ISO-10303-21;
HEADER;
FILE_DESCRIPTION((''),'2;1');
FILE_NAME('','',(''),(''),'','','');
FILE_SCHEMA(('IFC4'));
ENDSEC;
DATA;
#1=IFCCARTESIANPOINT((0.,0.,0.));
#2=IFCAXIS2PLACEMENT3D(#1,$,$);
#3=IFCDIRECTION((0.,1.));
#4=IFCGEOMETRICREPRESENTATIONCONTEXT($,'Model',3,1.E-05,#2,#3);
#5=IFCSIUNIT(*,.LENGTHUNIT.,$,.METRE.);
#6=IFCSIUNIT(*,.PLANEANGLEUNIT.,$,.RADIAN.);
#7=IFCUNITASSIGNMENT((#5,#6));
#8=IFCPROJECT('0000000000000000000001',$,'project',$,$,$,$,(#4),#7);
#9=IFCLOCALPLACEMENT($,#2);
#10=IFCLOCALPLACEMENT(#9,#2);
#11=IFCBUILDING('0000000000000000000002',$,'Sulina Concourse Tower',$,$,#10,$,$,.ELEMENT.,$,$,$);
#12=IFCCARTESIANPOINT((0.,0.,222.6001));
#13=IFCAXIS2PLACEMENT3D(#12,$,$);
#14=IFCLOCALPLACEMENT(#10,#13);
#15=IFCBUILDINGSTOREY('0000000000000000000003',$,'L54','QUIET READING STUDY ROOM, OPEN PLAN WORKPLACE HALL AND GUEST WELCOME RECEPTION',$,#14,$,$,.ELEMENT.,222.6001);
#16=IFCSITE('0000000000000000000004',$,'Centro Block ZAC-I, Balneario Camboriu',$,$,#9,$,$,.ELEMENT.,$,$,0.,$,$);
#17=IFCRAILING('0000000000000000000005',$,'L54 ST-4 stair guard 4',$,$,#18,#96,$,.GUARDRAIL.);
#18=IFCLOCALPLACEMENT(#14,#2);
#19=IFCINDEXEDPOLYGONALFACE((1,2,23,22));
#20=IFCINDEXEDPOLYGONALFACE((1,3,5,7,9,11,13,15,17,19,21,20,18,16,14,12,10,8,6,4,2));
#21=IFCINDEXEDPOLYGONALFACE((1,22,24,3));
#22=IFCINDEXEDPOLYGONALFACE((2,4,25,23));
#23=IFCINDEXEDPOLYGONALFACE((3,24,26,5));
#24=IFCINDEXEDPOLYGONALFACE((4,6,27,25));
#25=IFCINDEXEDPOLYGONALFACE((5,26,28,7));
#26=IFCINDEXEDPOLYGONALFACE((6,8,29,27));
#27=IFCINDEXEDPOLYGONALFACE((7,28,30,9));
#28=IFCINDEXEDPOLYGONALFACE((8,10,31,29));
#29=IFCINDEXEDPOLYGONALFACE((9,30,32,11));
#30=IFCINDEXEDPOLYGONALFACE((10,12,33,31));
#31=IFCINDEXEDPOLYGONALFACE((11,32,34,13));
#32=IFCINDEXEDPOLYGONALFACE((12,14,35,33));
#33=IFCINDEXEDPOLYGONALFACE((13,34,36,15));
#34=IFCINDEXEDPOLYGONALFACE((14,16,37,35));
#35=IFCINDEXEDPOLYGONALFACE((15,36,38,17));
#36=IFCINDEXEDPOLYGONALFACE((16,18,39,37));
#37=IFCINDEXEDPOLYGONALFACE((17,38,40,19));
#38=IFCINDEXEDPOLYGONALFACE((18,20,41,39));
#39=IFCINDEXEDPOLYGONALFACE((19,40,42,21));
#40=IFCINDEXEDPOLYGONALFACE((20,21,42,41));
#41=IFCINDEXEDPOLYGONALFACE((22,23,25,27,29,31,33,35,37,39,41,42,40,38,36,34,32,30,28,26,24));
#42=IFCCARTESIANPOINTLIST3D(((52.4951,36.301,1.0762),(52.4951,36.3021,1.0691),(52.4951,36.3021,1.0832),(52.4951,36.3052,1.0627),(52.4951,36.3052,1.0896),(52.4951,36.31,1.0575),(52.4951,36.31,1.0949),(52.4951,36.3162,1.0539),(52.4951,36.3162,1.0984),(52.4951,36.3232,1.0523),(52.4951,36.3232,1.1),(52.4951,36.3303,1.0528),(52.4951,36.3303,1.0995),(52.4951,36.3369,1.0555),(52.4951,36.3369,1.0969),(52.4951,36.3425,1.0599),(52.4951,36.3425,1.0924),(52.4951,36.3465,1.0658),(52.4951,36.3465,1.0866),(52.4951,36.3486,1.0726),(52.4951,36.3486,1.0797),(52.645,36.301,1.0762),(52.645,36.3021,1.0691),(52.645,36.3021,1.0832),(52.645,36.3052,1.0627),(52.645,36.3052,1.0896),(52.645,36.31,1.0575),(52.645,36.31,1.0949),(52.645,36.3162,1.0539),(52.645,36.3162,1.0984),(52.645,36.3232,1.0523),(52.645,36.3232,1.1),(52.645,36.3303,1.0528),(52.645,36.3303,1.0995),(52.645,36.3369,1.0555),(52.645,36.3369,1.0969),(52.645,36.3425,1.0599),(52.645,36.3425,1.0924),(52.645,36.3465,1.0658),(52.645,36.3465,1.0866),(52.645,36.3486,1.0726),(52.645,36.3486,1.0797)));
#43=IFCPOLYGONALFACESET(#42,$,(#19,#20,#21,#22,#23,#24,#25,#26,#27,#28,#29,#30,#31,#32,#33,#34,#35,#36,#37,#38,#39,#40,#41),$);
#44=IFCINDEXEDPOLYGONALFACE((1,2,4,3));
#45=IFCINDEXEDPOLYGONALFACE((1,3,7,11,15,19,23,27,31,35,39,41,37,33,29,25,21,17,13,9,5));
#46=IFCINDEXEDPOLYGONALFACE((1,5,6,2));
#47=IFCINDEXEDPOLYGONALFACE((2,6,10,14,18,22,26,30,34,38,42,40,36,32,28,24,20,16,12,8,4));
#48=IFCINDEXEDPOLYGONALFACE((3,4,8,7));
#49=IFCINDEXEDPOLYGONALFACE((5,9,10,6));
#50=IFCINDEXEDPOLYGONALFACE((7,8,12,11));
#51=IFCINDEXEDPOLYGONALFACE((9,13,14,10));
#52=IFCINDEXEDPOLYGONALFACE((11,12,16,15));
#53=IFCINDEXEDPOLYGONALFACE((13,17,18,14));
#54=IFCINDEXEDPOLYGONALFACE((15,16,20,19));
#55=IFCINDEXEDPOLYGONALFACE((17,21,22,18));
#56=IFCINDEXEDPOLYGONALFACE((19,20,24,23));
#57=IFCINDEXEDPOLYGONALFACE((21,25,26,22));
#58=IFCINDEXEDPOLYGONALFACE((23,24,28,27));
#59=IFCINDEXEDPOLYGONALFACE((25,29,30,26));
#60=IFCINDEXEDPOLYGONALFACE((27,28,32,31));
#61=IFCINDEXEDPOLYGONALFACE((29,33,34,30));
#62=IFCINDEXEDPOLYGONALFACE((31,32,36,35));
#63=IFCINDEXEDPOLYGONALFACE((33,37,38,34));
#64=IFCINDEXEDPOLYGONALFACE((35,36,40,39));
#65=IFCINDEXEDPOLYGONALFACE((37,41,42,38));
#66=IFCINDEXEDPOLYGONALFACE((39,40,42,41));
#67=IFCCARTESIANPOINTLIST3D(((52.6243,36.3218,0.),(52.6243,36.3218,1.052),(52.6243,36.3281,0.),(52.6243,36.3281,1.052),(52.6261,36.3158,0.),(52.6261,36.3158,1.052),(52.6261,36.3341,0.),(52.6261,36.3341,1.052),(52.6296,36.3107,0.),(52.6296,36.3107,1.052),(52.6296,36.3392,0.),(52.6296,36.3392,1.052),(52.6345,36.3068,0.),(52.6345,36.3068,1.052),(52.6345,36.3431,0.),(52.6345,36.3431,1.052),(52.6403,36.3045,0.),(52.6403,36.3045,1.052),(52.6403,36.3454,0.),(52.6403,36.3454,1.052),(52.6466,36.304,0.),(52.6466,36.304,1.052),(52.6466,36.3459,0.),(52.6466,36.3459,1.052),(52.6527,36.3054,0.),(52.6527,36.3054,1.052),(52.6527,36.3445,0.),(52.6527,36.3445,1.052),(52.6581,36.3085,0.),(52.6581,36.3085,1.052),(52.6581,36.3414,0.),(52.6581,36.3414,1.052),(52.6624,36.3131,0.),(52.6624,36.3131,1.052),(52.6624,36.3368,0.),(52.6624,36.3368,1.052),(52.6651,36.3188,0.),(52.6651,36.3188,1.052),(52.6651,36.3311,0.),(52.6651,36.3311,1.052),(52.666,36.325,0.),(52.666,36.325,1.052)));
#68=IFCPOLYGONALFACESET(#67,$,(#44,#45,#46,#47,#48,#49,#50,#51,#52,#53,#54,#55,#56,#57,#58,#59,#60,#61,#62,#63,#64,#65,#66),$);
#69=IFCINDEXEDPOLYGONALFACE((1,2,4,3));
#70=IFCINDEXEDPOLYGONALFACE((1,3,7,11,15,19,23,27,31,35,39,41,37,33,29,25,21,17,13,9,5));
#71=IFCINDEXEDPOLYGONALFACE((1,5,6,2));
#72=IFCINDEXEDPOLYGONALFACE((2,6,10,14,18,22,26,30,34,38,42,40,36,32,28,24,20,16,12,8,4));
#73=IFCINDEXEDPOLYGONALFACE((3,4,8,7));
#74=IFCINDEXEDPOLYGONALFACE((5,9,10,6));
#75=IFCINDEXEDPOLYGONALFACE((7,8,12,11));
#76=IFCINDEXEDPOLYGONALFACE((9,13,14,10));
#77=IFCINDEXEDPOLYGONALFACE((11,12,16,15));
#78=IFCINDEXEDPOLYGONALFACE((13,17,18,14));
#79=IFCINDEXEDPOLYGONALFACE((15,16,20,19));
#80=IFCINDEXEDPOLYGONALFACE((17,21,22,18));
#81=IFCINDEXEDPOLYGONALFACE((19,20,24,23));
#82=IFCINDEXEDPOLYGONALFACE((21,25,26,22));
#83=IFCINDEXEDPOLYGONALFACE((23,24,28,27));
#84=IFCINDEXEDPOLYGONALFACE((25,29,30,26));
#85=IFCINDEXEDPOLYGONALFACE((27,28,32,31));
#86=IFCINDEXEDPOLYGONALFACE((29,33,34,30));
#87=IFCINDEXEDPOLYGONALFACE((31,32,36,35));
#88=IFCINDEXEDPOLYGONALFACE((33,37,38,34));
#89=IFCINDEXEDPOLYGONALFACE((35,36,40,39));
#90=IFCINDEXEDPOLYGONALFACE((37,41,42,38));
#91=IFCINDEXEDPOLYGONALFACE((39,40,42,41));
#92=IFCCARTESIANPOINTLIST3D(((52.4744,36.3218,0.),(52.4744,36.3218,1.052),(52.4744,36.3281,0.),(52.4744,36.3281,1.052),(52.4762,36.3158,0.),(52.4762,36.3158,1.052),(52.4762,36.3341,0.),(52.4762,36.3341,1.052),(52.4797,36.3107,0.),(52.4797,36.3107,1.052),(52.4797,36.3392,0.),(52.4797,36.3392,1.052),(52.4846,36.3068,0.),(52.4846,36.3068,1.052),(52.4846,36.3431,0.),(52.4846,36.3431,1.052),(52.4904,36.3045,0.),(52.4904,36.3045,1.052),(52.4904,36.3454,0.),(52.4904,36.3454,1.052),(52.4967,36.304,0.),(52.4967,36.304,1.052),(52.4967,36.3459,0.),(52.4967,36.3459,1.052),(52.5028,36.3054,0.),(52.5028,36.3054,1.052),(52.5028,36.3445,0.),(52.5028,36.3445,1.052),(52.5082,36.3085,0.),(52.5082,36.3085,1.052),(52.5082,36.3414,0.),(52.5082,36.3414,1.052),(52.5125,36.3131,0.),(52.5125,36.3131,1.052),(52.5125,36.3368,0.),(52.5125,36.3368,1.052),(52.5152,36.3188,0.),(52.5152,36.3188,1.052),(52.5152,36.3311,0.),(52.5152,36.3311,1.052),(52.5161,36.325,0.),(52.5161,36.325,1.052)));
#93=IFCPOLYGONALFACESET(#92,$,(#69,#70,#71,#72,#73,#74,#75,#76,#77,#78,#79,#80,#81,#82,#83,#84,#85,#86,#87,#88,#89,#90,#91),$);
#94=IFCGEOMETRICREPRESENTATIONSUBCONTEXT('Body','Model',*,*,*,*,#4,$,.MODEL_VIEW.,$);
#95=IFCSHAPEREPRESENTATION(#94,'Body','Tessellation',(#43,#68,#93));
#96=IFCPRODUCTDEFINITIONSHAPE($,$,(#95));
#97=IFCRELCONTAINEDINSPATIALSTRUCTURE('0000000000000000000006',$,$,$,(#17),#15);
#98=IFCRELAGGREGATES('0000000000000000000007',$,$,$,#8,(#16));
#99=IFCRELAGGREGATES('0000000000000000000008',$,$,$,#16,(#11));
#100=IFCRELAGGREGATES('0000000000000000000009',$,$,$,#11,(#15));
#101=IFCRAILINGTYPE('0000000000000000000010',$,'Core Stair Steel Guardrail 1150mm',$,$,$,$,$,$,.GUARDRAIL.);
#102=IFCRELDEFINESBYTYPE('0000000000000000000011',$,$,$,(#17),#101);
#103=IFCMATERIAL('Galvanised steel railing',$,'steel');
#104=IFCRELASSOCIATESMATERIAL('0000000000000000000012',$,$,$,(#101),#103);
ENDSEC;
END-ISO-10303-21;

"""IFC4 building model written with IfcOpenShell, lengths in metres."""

from ifc_helpers import new_model, si_unit, direction, frame, origin, origin_2d, place, context, subcontext, project, spatial, circle, extrude, material, type_object, element, save


model = new_model("IFC4")

# Units and contexts
model_context = context("Model", 3, precision=1e-05, world=origin(), true_north=direction((0.0, 1.0)))
body_context = subcontext(model_context, "Body", "Model", "MODEL_VIEW")
ifc_project = project(units=[si_unit("LENGTHUNIT", "METRE"), si_unit("PLANEANGLEUNIT", "RADIAN")], contexts=[model_context])

# Site, building, storey
site_placement = place(None, origin())
site = spatial("IfcSite", under=ifc_project, at=site_placement, Name="Centro Block ZAC-I, Balneario Camboriu", CompositionType="ELEMENT", RefElevation=0.0)
building_placement = place(site_placement, origin())
building = spatial("IfcBuilding", under=site, at=building_placement, Name="Sulina Concourse Tower", CompositionType="ELEMENT")
storey_placement = place(building_placement, frame((0.0, 0.0, 222.6001)))
storey = spatial("IfcBuildingStorey", under=building, at=storey_placement, Name="L54", Description="QUIET READING STUDY ROOM, OPEN PLAN WORKPLACE HALL AND GUEST WELCOME RECEPTION", CompositionType="ELEMENT", Elevation=222.6001)

# Railing
ifc_material_1 = material(Name="Galvanised steel railing", Category="steel")
railing_type_1 = type_object("IfcRailingType", Name="Core Stair Steel Guardrail 1150mm", PredefinedType="GUARDRAIL", material=ifc_material_1)
railing_1_placement = place(storey_placement, frame((52.645, 36.325, 0.0)))
element("IfcRailing", 1, at=railing_1_placement, inside=storey, type_object=railing_type_1, Name="L54 ST-4 stair guard 4", PredefinedType="GUARDRAIL", context=body_context, shape_type="SweptSolid", body=[
    extrude(circle(Radius=0.0239, at=origin_2d()), frame((0.0, 0.0, 1.0762), z_axis=(-1.0, 0.0, 0.0), x_axis=(0.0, -1.0, 0.0)), (0.0, 0.0, 1.0), 0.1499),
    extrude(circle(Radius=0.021, at=origin_2d()), origin(), (0.0, 0.0, 1.0), 1.052),
    extrude(circle(Radius=0.021, at=origin_2d()), frame((-0.1499, 0.0, 0.0)), (0.0, 0.0, 1.0), 1.052),
])

save(model, "model.ifc")
